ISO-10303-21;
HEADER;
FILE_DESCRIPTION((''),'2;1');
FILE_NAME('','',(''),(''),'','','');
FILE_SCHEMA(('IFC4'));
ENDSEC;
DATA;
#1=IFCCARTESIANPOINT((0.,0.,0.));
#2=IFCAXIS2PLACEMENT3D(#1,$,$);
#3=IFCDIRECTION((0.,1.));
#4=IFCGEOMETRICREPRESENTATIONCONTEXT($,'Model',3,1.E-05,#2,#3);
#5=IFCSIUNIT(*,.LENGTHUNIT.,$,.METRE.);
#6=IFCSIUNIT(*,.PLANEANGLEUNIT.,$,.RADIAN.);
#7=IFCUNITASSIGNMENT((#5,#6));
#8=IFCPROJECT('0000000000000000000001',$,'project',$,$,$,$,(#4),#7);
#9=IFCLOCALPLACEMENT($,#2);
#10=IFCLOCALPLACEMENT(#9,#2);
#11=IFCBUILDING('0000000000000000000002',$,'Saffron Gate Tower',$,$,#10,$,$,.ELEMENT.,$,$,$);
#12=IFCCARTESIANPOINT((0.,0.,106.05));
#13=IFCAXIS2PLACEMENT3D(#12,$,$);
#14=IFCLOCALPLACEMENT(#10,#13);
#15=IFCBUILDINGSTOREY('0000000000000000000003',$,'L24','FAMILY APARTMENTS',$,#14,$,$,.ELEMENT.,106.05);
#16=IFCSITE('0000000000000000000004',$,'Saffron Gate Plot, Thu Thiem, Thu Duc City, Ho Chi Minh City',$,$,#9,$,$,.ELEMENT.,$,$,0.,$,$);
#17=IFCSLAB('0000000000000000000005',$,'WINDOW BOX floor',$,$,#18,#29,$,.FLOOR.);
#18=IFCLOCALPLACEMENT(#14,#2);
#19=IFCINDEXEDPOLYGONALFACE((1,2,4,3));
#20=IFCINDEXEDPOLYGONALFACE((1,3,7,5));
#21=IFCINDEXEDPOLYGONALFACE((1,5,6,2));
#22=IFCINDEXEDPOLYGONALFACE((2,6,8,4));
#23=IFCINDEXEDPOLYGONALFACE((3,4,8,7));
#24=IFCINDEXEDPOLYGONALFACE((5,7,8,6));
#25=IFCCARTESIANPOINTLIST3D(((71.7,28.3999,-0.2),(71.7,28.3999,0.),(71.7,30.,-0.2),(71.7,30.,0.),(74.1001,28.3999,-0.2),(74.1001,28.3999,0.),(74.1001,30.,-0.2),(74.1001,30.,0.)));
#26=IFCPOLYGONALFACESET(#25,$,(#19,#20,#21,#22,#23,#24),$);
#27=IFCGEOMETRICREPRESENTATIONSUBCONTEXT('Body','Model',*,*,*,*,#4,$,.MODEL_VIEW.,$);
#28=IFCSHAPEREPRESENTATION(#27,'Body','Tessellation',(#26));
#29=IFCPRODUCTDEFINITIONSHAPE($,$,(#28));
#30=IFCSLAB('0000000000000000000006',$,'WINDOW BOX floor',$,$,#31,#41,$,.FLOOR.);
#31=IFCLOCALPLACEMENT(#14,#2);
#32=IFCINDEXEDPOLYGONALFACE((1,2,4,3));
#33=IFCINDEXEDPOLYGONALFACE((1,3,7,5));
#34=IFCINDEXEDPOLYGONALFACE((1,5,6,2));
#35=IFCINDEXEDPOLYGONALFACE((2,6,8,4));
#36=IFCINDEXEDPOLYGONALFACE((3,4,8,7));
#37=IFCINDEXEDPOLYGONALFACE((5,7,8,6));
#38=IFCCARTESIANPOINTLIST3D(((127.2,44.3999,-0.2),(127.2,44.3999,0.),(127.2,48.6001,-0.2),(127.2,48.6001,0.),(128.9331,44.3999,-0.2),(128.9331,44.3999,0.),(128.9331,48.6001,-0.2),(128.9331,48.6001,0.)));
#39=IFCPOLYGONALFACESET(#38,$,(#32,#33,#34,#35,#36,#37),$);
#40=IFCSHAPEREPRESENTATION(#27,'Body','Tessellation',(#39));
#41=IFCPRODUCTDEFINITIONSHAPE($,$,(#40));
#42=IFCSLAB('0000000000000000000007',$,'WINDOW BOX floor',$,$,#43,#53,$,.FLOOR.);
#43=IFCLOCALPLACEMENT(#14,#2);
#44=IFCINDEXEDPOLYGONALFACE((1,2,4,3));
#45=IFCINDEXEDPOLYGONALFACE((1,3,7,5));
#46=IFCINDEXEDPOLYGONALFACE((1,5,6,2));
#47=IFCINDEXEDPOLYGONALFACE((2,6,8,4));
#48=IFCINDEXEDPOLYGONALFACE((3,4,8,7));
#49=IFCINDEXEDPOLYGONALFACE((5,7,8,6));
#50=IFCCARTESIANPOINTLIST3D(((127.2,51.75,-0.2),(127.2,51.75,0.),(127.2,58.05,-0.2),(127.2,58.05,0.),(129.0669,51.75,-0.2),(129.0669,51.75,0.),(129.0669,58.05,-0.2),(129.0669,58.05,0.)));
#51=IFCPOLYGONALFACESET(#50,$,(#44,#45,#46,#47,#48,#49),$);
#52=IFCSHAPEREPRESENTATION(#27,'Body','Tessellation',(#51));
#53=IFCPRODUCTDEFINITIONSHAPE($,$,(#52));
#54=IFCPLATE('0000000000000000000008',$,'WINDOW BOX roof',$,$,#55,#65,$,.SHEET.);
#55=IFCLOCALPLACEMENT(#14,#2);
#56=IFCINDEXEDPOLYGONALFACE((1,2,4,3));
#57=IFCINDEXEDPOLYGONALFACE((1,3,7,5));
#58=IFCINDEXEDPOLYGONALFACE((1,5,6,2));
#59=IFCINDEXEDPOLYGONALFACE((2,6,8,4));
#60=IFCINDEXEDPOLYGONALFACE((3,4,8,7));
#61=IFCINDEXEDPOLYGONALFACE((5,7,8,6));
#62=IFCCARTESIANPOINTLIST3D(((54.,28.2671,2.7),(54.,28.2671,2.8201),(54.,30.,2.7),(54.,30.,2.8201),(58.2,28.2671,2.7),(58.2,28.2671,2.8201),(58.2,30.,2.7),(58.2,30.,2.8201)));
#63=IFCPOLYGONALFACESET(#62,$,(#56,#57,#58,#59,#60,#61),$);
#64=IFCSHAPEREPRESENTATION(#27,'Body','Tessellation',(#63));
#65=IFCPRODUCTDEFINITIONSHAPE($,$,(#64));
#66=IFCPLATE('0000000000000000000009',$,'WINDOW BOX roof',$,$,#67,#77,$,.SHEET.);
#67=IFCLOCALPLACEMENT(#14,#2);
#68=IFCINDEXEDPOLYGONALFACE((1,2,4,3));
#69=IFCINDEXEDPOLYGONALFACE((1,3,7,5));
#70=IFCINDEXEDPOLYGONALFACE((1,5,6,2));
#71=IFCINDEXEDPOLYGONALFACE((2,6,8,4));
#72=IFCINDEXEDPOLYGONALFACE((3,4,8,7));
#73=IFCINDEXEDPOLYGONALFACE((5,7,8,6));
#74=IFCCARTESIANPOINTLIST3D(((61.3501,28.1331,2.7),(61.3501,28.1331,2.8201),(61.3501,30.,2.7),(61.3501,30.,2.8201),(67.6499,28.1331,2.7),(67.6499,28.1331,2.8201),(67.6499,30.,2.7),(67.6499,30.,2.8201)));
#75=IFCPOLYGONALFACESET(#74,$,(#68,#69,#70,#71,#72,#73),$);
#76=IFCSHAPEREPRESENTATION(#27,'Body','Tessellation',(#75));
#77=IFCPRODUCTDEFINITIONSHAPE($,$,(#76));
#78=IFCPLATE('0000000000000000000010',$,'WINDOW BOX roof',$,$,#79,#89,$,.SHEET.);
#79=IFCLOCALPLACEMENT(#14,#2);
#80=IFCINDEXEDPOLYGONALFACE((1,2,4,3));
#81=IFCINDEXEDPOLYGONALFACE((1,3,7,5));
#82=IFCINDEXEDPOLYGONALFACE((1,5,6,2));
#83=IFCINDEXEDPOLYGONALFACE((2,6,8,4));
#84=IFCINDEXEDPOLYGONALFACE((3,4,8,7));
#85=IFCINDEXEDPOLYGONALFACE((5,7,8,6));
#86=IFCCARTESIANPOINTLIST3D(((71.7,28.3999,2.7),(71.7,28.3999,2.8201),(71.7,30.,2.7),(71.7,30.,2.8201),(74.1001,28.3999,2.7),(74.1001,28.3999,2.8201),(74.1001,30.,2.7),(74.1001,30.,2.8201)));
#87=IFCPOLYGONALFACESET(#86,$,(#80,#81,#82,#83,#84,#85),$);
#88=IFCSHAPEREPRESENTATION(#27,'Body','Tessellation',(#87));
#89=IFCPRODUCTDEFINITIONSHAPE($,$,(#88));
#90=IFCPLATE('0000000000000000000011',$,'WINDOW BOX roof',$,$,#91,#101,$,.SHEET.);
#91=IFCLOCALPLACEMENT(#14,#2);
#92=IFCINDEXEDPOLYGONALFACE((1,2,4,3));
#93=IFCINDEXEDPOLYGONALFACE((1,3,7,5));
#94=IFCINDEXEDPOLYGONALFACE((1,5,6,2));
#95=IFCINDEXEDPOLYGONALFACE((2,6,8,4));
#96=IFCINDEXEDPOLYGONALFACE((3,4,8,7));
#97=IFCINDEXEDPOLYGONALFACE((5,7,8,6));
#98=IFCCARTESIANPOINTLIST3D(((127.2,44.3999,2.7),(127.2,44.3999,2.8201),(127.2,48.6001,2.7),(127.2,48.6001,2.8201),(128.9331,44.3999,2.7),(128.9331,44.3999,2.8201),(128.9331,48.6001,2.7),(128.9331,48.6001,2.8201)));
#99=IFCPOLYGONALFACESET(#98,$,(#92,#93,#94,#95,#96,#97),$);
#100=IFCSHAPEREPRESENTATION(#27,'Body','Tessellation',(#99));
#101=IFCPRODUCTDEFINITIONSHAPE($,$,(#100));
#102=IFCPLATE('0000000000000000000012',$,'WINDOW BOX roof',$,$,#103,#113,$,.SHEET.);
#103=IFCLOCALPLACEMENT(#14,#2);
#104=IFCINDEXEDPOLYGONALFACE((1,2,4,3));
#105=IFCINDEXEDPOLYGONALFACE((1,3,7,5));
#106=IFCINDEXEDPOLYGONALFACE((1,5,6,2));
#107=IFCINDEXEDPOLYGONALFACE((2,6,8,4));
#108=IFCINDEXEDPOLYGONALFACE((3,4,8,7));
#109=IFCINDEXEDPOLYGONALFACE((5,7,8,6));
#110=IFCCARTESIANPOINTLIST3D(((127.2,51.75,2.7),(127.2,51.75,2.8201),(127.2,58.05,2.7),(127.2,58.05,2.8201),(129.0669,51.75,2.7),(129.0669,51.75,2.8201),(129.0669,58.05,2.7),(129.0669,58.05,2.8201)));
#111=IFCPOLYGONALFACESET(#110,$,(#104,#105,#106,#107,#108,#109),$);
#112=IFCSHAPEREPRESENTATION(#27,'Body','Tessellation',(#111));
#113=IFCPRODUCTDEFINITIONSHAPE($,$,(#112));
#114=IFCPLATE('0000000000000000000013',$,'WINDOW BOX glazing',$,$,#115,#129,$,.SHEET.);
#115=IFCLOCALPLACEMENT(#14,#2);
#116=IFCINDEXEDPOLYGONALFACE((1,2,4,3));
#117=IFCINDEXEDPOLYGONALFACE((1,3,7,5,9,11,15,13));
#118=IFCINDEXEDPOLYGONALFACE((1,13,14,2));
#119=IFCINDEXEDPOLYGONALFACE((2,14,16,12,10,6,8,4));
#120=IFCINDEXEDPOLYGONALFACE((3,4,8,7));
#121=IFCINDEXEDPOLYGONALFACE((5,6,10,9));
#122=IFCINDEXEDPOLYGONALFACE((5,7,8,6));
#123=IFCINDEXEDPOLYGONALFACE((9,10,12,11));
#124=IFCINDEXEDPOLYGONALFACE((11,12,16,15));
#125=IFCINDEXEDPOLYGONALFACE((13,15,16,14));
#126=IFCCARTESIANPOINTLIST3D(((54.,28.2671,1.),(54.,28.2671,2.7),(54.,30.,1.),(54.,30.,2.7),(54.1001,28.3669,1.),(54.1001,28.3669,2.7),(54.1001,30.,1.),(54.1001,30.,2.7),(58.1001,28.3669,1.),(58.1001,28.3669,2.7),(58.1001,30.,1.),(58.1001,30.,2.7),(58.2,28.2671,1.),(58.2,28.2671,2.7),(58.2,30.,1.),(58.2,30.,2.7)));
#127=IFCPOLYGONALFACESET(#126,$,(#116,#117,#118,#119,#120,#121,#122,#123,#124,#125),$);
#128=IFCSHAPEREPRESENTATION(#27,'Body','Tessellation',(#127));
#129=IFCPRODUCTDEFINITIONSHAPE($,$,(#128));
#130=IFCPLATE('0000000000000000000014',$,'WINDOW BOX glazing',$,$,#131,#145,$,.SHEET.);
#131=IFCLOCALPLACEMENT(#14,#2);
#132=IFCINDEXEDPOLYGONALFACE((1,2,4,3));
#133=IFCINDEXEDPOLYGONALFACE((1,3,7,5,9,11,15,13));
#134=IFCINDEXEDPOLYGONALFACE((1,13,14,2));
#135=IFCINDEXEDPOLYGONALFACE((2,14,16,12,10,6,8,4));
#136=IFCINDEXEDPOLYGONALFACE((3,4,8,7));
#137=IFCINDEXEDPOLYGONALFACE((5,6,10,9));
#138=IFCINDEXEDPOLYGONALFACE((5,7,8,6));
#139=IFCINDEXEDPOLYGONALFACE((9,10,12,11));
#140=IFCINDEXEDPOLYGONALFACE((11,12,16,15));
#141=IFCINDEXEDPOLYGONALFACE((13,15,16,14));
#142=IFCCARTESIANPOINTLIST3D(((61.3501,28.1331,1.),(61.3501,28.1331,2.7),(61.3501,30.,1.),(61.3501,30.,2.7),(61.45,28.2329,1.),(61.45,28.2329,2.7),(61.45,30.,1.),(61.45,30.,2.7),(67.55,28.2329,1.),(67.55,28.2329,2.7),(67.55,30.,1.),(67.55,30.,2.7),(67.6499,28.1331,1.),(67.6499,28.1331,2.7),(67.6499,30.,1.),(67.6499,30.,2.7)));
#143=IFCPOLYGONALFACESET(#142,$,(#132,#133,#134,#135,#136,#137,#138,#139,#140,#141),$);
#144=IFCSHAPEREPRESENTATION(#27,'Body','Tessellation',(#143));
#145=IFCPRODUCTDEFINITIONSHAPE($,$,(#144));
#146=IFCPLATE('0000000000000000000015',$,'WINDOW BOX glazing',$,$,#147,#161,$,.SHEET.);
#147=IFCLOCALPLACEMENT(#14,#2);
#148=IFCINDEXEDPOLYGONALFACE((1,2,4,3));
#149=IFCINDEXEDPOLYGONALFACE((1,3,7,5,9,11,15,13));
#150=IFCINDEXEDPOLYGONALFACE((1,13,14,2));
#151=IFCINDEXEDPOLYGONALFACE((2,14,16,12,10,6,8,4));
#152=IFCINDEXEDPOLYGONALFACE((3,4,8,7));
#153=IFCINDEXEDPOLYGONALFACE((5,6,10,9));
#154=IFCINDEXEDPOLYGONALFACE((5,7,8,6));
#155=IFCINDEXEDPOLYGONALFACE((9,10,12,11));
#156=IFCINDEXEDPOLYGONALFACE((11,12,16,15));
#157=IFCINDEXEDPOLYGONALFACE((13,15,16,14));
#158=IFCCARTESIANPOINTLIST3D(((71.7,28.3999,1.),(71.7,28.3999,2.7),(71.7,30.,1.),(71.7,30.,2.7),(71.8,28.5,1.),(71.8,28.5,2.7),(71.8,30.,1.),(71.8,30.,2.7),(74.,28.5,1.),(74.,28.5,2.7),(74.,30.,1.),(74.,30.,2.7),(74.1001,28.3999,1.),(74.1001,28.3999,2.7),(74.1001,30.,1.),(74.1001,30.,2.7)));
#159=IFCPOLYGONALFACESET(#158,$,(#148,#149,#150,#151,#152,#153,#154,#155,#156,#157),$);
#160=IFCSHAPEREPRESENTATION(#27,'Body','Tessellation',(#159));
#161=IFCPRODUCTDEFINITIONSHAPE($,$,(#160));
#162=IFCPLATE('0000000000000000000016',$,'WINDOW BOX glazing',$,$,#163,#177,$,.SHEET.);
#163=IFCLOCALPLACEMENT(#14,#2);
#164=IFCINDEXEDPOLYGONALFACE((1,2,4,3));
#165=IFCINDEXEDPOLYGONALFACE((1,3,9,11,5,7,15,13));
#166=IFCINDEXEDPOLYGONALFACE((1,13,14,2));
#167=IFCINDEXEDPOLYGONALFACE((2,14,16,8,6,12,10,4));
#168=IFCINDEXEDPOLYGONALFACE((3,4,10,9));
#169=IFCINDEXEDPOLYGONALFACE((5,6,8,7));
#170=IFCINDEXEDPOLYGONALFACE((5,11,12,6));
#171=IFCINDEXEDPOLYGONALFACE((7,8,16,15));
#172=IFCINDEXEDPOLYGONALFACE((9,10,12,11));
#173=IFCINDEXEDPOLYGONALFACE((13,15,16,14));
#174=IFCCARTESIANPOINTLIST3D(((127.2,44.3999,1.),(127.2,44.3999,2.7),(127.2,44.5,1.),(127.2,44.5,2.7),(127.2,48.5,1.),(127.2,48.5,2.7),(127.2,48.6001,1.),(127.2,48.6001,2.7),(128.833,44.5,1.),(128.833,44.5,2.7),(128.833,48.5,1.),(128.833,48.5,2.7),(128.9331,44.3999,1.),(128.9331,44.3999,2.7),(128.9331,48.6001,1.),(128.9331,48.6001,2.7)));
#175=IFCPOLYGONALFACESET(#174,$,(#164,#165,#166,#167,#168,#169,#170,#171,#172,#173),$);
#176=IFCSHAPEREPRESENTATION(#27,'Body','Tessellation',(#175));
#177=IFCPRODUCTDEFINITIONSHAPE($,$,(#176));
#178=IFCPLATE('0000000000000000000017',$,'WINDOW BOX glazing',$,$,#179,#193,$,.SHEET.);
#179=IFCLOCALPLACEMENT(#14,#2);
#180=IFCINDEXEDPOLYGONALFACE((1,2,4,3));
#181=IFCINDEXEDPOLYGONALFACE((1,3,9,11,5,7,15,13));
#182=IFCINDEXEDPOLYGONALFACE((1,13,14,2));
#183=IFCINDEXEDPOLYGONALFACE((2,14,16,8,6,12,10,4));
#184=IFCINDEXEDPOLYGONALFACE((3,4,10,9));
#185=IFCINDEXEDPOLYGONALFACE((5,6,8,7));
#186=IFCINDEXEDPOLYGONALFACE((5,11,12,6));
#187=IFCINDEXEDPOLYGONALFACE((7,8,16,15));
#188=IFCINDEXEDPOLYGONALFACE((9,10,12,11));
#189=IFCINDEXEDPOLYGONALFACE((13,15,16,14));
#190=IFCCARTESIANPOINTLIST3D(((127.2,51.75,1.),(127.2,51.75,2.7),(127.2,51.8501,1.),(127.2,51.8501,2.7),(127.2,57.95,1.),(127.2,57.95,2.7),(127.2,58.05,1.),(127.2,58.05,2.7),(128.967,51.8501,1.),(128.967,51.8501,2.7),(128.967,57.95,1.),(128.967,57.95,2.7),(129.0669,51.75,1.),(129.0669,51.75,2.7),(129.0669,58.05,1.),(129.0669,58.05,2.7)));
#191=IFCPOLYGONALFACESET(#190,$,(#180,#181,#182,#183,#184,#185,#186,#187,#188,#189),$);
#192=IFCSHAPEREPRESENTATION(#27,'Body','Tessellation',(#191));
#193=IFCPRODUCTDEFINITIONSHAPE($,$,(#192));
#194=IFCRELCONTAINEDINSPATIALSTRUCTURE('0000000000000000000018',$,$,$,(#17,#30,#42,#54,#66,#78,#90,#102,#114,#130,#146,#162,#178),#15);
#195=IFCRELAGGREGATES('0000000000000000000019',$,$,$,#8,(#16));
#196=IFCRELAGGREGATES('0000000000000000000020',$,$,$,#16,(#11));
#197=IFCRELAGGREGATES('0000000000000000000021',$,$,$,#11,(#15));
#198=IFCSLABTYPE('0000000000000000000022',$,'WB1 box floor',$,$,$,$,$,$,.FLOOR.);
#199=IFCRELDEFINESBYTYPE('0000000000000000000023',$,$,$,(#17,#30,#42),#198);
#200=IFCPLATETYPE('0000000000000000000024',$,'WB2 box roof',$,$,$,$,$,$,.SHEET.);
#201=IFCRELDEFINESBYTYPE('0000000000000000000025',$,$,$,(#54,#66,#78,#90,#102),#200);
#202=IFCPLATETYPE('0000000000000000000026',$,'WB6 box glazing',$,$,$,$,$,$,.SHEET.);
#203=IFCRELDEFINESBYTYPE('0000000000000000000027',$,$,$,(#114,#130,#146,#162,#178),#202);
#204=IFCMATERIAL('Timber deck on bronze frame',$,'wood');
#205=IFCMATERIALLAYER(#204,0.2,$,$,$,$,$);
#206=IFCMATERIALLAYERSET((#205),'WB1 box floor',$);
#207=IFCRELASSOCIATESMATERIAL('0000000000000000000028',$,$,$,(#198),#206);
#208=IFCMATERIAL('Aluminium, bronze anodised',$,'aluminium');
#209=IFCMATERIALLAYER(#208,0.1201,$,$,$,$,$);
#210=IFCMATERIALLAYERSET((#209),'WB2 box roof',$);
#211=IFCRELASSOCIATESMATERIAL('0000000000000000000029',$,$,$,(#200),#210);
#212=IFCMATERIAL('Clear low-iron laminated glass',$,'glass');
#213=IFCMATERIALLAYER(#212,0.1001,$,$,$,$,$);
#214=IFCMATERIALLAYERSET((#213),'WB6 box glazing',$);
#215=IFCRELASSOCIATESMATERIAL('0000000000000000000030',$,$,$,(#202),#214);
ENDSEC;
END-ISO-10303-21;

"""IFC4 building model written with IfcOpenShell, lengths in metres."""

from ifc_helpers import new_model, si_unit, direction, frame, origin, place, context, subcontext, project, spatial, polyline, outline, extrude, material, layer, layer_set, type_object, element, save


model = new_model("IFC4")

# Units and contexts
model_context = context("Model", 3, precision=1e-05, world=origin(), true_north=direction((0.0, 1.0)))
body_context = subcontext(model_context, "Body", "Model", "MODEL_VIEW")
ifc_project = project(units=[si_unit("LENGTHUNIT", "METRE"), si_unit("PLANEANGLEUNIT", "RADIAN")], contexts=[model_context])

# Site, building, storey
site_placement = place(None, origin())
site = spatial("IfcSite", under=ifc_project, at=site_placement, Name="Saffron Gate Plot, Thu Thiem, Thu Duc City, Ho Chi Minh City", CompositionType="ELEMENT", RefElevation=0.0)
building_placement = place(site_placement, origin())
building = spatial("IfcBuilding", under=site, at=building_placement, Name="Saffron Gate Tower", CompositionType="ELEMENT")
storey_placement = place(building_placement, frame((0.0, 0.0, 106.05)))
storey = spatial("IfcBuildingStorey", under=building, at=storey_placement, Name="L24", Description="FAMILY APARTMENTS", CompositionType="ELEMENT", Elevation=106.05)

# Slabs
ifc_material_1 = material(Name="Timber deck on bronze frame", Category="wood")
ifc_layer_1 = layer(ifc_material_1, 0.2)
ifc_layer_set_1 = layer_set([ifc_layer_1], Name="WB1 box floor")
slab_type_1 = type_object("IfcSlabType", Name="WB1 box floor", PredefinedType="FLOOR", material=ifc_layer_set_1)
slab_1_placement = place(storey_placement, frame((0.0, 0.0, -0.2)))
element("IfcSlab", 1, at=slab_1_placement, inside=storey, type_object=slab_type_1, Name="WINDOW BOX floor", PredefinedType="FLOOR", context=body_context, shape_type="SweptSolid", body=[
    extrude(outline(polyline([(71.7, 30.0), (74.1001, 30.0), (74.1001, 28.3999), (71.7, 28.3999), (71.7, 30.0)])), origin(), (0.0, 0.0, 1.0), 0.2),
])
slab_2_placement = place(storey_placement, frame((0.0, 0.0, -0.2)))
element("IfcSlab", 2, at=slab_2_placement, inside=storey, type_object=slab_type_1, Name="WINDOW BOX floor", PredefinedType="FLOOR", context=body_context, shape_type="SweptSolid", body=[
    extrude(outline(polyline([(127.2, 44.3999), (127.2, 48.6001), (128.9331, 48.6001), (128.9331, 44.3999), (127.2, 44.3999)])), origin(), (0.0, 0.0, 1.0), 0.2),
])
slab_3_placement = place(storey_placement, frame((0.0, 0.0, -0.2)))
element("IfcSlab", 3, at=slab_3_placement, inside=storey, type_object=slab_type_1, Name="WINDOW BOX floor", PredefinedType="FLOOR", context=body_context, shape_type="SweptSolid", body=[
    extrude(outline(polyline([(127.2, 51.75), (127.2, 58.05), (129.0669, 58.05), (129.0669, 51.75), (127.2, 51.75)])), origin(), (0.0, 0.0, 1.0), 0.2),
])

# Plates
ifc_material_2 = material(Name="Aluminium, bronze anodised", Category="aluminium")
ifc_layer_2 = layer(ifc_material_2, 0.1201)
ifc_layer_set_2 = layer_set([ifc_layer_2], Name="WB2 box roof")
plate_type_1 = type_object("IfcPlateType", Name="WB2 box roof", PredefinedType="SHEET", material=ifc_layer_set_2)
plate_1_placement = place(storey_placement, frame((0.0, 0.0, 2.7)))
element("IfcPlate", 4, at=plate_1_placement, inside=storey, type_object=plate_type_1, Name="WINDOW BOX roof", PredefinedType="SHEET", context=body_context, shape_type="SweptSolid", body=[
    extrude(outline(polyline([(54.0, 30.0), (58.2, 30.0), (58.2, 28.2671), (54.0, 28.2671), (54.0, 30.0)])), origin(), (0.0, 0.0, 1.0), 0.1201),
])
plate_2_placement = place(storey_placement, frame((0.0, 0.0, 2.7)))
element("IfcPlate", 5, at=plate_2_placement, inside=storey, type_object=plate_type_1, Name="WINDOW BOX roof", PredefinedType="SHEET", context=body_context, shape_type="SweptSolid", body=[
    extrude(outline(polyline([(61.3501, 30.0), (67.6499, 30.0), (67.6499, 28.1331), (61.3501, 28.1331), (61.3501, 30.0)])), origin(), (0.0, 0.0, 1.0), 0.1201),
])
plate_3_placement = place(storey_placement, frame((0.0, 0.0, 2.7)))
element("IfcPlate", 6, at=plate_3_placement, inside=storey, type_object=plate_type_1, Name="WINDOW BOX roof", PredefinedType="SHEET", context=body_context, shape_type="SweptSolid", body=[
    extrude(outline(polyline([(71.7, 30.0), (74.1001, 30.0), (74.1001, 28.3999), (71.7, 28.3999), (71.7, 30.0)])), origin(), (0.0, 0.0, 1.0), 0.1201),
])
plate_4_placement = place(storey_placement, frame((0.0, 0.0, 2.7)))
element("IfcPlate", 7, at=plate_4_placement, inside=storey, type_object=plate_type_1, Name="WINDOW BOX roof", PredefinedType="SHEET", context=body_context, shape_type="SweptSolid", body=[
    extrude(outline(polyline([(127.2, 44.3999), (127.2, 48.6001), (128.9331, 48.6001), (128.9331, 44.3999), (127.2, 44.3999)])), origin(), (0.0, 0.0, 1.0), 0.1201),
])
plate_5_placement = place(storey_placement, frame((0.0, 0.0, 2.7)))
element("IfcPlate", 8, at=plate_5_placement, inside=storey, type_object=plate_type_1, Name="WINDOW BOX roof", PredefinedType="SHEET", context=body_context, shape_type="SweptSolid", body=[
    extrude(outline(polyline([(127.2, 51.75), (127.2, 58.05), (129.0669, 58.05), (129.0669, 51.75), (127.2, 51.75)])), origin(), (0.0, 0.0, 1.0), 0.1201),
])
ifc_material_3 = material(Name="Clear low-iron laminated glass", Category="glass")
ifc_layer_3 = layer(ifc_material_3, 0.1001)
ifc_layer_set_3 = layer_set([ifc_layer_3], Name="WB6 box glazing")
plate_type_2 = type_object("IfcPlateType", Name="WB6 box glazing", PredefinedType="SHEET", material=ifc_layer_set_3)
plate_6_placement = place(storey_placement, frame((0.0, 0.0, 1.0)))
element("IfcPlate", 9, at=plate_6_placement, inside=storey, type_object=plate_type_2, Name="WINDOW BOX glazing", PredefinedType="SHEET", context=body_context, shape_type="SweptSolid", body=[
    extrude(outline(polyline([(54.0, 30.0), (54.1001, 30.0), (54.1001, 28.3669), (58.1001, 28.3669), (58.1001, 30.0), (58.2, 30.0), (58.2, 28.2671), (54.0, 28.2671), (54.0, 30.0)])), origin(), (0.0, 0.0, 1.0), 1.7),
])
plate_7_placement = place(storey_placement, frame((0.0, 0.0, 1.0)))
element("IfcPlate", 10, at=plate_7_placement, inside=storey, type_object=plate_type_2, Name="WINDOW BOX glazing", PredefinedType="SHEET", context=body_context, shape_type="SweptSolid", body=[
    extrude(outline(polyline([(61.3501, 30.0), (61.45, 30.0), (61.45, 28.2329), (67.55, 28.2329), (67.55, 30.0), (67.6499, 30.0), (67.6499, 28.1331), (61.3501, 28.1331), (61.3501, 30.0)])), origin(), (0.0, 0.0, 1.0), 1.7),
])
plate_8_placement = place(storey_placement, frame((0.0, 0.0, 1.0)))
element("IfcPlate", 11, at=plate_8_placement, inside=storey, type_object=plate_type_2, Name="WINDOW BOX glazing", PredefinedType="SHEET", context=body_context, shape_type="SweptSolid", body=[
    extrude(outline(polyline([(71.7, 30.0), (71.8, 30.0), (71.8, 28.5), (74.0, 28.5), (74.0, 30.0), (74.1001, 30.0), (74.1001, 28.3999), (71.7, 28.3999), (71.7, 30.0)])), origin(), (0.0, 0.0, 1.0), 1.7),
])
plate_9_placement = place(storey_placement, frame((0.0, 0.0, 1.0)))
element("IfcPlate", 12, at=plate_9_placement, inside=storey, type_object=plate_type_2, Name="WINDOW BOX glazing", PredefinedType="SHEET", context=body_context, shape_type="SweptSolid", body=[
    extrude(outline(polyline([(127.2, 44.3999), (127.2, 44.5), (128.833, 44.5), (128.833, 48.5), (127.2, 48.5), (127.2, 48.6001), (128.9331, 48.6001), (128.9331, 44.3999), (127.2, 44.3999)])), origin(), (0.0, 0.0, 1.0), 1.7),
])
plate_10_placement = place(storey_placement, frame((0.0, 0.0, 1.0)))
element("IfcPlate", 13, at=plate_10_placement, inside=storey, type_object=plate_type_2, Name="WINDOW BOX glazing", PredefinedType="SHEET", context=body_context, shape_type="SweptSolid", body=[
    extrude(outline(polyline([(127.2, 51.75), (127.2, 51.8501), (128.967, 51.8501), (128.967, 57.95), (127.2, 57.95), (127.2, 58.05), (129.0669, 58.05), (129.0669, 51.75), (127.2, 51.75)])), origin(), (0.0, 0.0, 1.0), 1.7),
])

save(model, "model.ifc")
